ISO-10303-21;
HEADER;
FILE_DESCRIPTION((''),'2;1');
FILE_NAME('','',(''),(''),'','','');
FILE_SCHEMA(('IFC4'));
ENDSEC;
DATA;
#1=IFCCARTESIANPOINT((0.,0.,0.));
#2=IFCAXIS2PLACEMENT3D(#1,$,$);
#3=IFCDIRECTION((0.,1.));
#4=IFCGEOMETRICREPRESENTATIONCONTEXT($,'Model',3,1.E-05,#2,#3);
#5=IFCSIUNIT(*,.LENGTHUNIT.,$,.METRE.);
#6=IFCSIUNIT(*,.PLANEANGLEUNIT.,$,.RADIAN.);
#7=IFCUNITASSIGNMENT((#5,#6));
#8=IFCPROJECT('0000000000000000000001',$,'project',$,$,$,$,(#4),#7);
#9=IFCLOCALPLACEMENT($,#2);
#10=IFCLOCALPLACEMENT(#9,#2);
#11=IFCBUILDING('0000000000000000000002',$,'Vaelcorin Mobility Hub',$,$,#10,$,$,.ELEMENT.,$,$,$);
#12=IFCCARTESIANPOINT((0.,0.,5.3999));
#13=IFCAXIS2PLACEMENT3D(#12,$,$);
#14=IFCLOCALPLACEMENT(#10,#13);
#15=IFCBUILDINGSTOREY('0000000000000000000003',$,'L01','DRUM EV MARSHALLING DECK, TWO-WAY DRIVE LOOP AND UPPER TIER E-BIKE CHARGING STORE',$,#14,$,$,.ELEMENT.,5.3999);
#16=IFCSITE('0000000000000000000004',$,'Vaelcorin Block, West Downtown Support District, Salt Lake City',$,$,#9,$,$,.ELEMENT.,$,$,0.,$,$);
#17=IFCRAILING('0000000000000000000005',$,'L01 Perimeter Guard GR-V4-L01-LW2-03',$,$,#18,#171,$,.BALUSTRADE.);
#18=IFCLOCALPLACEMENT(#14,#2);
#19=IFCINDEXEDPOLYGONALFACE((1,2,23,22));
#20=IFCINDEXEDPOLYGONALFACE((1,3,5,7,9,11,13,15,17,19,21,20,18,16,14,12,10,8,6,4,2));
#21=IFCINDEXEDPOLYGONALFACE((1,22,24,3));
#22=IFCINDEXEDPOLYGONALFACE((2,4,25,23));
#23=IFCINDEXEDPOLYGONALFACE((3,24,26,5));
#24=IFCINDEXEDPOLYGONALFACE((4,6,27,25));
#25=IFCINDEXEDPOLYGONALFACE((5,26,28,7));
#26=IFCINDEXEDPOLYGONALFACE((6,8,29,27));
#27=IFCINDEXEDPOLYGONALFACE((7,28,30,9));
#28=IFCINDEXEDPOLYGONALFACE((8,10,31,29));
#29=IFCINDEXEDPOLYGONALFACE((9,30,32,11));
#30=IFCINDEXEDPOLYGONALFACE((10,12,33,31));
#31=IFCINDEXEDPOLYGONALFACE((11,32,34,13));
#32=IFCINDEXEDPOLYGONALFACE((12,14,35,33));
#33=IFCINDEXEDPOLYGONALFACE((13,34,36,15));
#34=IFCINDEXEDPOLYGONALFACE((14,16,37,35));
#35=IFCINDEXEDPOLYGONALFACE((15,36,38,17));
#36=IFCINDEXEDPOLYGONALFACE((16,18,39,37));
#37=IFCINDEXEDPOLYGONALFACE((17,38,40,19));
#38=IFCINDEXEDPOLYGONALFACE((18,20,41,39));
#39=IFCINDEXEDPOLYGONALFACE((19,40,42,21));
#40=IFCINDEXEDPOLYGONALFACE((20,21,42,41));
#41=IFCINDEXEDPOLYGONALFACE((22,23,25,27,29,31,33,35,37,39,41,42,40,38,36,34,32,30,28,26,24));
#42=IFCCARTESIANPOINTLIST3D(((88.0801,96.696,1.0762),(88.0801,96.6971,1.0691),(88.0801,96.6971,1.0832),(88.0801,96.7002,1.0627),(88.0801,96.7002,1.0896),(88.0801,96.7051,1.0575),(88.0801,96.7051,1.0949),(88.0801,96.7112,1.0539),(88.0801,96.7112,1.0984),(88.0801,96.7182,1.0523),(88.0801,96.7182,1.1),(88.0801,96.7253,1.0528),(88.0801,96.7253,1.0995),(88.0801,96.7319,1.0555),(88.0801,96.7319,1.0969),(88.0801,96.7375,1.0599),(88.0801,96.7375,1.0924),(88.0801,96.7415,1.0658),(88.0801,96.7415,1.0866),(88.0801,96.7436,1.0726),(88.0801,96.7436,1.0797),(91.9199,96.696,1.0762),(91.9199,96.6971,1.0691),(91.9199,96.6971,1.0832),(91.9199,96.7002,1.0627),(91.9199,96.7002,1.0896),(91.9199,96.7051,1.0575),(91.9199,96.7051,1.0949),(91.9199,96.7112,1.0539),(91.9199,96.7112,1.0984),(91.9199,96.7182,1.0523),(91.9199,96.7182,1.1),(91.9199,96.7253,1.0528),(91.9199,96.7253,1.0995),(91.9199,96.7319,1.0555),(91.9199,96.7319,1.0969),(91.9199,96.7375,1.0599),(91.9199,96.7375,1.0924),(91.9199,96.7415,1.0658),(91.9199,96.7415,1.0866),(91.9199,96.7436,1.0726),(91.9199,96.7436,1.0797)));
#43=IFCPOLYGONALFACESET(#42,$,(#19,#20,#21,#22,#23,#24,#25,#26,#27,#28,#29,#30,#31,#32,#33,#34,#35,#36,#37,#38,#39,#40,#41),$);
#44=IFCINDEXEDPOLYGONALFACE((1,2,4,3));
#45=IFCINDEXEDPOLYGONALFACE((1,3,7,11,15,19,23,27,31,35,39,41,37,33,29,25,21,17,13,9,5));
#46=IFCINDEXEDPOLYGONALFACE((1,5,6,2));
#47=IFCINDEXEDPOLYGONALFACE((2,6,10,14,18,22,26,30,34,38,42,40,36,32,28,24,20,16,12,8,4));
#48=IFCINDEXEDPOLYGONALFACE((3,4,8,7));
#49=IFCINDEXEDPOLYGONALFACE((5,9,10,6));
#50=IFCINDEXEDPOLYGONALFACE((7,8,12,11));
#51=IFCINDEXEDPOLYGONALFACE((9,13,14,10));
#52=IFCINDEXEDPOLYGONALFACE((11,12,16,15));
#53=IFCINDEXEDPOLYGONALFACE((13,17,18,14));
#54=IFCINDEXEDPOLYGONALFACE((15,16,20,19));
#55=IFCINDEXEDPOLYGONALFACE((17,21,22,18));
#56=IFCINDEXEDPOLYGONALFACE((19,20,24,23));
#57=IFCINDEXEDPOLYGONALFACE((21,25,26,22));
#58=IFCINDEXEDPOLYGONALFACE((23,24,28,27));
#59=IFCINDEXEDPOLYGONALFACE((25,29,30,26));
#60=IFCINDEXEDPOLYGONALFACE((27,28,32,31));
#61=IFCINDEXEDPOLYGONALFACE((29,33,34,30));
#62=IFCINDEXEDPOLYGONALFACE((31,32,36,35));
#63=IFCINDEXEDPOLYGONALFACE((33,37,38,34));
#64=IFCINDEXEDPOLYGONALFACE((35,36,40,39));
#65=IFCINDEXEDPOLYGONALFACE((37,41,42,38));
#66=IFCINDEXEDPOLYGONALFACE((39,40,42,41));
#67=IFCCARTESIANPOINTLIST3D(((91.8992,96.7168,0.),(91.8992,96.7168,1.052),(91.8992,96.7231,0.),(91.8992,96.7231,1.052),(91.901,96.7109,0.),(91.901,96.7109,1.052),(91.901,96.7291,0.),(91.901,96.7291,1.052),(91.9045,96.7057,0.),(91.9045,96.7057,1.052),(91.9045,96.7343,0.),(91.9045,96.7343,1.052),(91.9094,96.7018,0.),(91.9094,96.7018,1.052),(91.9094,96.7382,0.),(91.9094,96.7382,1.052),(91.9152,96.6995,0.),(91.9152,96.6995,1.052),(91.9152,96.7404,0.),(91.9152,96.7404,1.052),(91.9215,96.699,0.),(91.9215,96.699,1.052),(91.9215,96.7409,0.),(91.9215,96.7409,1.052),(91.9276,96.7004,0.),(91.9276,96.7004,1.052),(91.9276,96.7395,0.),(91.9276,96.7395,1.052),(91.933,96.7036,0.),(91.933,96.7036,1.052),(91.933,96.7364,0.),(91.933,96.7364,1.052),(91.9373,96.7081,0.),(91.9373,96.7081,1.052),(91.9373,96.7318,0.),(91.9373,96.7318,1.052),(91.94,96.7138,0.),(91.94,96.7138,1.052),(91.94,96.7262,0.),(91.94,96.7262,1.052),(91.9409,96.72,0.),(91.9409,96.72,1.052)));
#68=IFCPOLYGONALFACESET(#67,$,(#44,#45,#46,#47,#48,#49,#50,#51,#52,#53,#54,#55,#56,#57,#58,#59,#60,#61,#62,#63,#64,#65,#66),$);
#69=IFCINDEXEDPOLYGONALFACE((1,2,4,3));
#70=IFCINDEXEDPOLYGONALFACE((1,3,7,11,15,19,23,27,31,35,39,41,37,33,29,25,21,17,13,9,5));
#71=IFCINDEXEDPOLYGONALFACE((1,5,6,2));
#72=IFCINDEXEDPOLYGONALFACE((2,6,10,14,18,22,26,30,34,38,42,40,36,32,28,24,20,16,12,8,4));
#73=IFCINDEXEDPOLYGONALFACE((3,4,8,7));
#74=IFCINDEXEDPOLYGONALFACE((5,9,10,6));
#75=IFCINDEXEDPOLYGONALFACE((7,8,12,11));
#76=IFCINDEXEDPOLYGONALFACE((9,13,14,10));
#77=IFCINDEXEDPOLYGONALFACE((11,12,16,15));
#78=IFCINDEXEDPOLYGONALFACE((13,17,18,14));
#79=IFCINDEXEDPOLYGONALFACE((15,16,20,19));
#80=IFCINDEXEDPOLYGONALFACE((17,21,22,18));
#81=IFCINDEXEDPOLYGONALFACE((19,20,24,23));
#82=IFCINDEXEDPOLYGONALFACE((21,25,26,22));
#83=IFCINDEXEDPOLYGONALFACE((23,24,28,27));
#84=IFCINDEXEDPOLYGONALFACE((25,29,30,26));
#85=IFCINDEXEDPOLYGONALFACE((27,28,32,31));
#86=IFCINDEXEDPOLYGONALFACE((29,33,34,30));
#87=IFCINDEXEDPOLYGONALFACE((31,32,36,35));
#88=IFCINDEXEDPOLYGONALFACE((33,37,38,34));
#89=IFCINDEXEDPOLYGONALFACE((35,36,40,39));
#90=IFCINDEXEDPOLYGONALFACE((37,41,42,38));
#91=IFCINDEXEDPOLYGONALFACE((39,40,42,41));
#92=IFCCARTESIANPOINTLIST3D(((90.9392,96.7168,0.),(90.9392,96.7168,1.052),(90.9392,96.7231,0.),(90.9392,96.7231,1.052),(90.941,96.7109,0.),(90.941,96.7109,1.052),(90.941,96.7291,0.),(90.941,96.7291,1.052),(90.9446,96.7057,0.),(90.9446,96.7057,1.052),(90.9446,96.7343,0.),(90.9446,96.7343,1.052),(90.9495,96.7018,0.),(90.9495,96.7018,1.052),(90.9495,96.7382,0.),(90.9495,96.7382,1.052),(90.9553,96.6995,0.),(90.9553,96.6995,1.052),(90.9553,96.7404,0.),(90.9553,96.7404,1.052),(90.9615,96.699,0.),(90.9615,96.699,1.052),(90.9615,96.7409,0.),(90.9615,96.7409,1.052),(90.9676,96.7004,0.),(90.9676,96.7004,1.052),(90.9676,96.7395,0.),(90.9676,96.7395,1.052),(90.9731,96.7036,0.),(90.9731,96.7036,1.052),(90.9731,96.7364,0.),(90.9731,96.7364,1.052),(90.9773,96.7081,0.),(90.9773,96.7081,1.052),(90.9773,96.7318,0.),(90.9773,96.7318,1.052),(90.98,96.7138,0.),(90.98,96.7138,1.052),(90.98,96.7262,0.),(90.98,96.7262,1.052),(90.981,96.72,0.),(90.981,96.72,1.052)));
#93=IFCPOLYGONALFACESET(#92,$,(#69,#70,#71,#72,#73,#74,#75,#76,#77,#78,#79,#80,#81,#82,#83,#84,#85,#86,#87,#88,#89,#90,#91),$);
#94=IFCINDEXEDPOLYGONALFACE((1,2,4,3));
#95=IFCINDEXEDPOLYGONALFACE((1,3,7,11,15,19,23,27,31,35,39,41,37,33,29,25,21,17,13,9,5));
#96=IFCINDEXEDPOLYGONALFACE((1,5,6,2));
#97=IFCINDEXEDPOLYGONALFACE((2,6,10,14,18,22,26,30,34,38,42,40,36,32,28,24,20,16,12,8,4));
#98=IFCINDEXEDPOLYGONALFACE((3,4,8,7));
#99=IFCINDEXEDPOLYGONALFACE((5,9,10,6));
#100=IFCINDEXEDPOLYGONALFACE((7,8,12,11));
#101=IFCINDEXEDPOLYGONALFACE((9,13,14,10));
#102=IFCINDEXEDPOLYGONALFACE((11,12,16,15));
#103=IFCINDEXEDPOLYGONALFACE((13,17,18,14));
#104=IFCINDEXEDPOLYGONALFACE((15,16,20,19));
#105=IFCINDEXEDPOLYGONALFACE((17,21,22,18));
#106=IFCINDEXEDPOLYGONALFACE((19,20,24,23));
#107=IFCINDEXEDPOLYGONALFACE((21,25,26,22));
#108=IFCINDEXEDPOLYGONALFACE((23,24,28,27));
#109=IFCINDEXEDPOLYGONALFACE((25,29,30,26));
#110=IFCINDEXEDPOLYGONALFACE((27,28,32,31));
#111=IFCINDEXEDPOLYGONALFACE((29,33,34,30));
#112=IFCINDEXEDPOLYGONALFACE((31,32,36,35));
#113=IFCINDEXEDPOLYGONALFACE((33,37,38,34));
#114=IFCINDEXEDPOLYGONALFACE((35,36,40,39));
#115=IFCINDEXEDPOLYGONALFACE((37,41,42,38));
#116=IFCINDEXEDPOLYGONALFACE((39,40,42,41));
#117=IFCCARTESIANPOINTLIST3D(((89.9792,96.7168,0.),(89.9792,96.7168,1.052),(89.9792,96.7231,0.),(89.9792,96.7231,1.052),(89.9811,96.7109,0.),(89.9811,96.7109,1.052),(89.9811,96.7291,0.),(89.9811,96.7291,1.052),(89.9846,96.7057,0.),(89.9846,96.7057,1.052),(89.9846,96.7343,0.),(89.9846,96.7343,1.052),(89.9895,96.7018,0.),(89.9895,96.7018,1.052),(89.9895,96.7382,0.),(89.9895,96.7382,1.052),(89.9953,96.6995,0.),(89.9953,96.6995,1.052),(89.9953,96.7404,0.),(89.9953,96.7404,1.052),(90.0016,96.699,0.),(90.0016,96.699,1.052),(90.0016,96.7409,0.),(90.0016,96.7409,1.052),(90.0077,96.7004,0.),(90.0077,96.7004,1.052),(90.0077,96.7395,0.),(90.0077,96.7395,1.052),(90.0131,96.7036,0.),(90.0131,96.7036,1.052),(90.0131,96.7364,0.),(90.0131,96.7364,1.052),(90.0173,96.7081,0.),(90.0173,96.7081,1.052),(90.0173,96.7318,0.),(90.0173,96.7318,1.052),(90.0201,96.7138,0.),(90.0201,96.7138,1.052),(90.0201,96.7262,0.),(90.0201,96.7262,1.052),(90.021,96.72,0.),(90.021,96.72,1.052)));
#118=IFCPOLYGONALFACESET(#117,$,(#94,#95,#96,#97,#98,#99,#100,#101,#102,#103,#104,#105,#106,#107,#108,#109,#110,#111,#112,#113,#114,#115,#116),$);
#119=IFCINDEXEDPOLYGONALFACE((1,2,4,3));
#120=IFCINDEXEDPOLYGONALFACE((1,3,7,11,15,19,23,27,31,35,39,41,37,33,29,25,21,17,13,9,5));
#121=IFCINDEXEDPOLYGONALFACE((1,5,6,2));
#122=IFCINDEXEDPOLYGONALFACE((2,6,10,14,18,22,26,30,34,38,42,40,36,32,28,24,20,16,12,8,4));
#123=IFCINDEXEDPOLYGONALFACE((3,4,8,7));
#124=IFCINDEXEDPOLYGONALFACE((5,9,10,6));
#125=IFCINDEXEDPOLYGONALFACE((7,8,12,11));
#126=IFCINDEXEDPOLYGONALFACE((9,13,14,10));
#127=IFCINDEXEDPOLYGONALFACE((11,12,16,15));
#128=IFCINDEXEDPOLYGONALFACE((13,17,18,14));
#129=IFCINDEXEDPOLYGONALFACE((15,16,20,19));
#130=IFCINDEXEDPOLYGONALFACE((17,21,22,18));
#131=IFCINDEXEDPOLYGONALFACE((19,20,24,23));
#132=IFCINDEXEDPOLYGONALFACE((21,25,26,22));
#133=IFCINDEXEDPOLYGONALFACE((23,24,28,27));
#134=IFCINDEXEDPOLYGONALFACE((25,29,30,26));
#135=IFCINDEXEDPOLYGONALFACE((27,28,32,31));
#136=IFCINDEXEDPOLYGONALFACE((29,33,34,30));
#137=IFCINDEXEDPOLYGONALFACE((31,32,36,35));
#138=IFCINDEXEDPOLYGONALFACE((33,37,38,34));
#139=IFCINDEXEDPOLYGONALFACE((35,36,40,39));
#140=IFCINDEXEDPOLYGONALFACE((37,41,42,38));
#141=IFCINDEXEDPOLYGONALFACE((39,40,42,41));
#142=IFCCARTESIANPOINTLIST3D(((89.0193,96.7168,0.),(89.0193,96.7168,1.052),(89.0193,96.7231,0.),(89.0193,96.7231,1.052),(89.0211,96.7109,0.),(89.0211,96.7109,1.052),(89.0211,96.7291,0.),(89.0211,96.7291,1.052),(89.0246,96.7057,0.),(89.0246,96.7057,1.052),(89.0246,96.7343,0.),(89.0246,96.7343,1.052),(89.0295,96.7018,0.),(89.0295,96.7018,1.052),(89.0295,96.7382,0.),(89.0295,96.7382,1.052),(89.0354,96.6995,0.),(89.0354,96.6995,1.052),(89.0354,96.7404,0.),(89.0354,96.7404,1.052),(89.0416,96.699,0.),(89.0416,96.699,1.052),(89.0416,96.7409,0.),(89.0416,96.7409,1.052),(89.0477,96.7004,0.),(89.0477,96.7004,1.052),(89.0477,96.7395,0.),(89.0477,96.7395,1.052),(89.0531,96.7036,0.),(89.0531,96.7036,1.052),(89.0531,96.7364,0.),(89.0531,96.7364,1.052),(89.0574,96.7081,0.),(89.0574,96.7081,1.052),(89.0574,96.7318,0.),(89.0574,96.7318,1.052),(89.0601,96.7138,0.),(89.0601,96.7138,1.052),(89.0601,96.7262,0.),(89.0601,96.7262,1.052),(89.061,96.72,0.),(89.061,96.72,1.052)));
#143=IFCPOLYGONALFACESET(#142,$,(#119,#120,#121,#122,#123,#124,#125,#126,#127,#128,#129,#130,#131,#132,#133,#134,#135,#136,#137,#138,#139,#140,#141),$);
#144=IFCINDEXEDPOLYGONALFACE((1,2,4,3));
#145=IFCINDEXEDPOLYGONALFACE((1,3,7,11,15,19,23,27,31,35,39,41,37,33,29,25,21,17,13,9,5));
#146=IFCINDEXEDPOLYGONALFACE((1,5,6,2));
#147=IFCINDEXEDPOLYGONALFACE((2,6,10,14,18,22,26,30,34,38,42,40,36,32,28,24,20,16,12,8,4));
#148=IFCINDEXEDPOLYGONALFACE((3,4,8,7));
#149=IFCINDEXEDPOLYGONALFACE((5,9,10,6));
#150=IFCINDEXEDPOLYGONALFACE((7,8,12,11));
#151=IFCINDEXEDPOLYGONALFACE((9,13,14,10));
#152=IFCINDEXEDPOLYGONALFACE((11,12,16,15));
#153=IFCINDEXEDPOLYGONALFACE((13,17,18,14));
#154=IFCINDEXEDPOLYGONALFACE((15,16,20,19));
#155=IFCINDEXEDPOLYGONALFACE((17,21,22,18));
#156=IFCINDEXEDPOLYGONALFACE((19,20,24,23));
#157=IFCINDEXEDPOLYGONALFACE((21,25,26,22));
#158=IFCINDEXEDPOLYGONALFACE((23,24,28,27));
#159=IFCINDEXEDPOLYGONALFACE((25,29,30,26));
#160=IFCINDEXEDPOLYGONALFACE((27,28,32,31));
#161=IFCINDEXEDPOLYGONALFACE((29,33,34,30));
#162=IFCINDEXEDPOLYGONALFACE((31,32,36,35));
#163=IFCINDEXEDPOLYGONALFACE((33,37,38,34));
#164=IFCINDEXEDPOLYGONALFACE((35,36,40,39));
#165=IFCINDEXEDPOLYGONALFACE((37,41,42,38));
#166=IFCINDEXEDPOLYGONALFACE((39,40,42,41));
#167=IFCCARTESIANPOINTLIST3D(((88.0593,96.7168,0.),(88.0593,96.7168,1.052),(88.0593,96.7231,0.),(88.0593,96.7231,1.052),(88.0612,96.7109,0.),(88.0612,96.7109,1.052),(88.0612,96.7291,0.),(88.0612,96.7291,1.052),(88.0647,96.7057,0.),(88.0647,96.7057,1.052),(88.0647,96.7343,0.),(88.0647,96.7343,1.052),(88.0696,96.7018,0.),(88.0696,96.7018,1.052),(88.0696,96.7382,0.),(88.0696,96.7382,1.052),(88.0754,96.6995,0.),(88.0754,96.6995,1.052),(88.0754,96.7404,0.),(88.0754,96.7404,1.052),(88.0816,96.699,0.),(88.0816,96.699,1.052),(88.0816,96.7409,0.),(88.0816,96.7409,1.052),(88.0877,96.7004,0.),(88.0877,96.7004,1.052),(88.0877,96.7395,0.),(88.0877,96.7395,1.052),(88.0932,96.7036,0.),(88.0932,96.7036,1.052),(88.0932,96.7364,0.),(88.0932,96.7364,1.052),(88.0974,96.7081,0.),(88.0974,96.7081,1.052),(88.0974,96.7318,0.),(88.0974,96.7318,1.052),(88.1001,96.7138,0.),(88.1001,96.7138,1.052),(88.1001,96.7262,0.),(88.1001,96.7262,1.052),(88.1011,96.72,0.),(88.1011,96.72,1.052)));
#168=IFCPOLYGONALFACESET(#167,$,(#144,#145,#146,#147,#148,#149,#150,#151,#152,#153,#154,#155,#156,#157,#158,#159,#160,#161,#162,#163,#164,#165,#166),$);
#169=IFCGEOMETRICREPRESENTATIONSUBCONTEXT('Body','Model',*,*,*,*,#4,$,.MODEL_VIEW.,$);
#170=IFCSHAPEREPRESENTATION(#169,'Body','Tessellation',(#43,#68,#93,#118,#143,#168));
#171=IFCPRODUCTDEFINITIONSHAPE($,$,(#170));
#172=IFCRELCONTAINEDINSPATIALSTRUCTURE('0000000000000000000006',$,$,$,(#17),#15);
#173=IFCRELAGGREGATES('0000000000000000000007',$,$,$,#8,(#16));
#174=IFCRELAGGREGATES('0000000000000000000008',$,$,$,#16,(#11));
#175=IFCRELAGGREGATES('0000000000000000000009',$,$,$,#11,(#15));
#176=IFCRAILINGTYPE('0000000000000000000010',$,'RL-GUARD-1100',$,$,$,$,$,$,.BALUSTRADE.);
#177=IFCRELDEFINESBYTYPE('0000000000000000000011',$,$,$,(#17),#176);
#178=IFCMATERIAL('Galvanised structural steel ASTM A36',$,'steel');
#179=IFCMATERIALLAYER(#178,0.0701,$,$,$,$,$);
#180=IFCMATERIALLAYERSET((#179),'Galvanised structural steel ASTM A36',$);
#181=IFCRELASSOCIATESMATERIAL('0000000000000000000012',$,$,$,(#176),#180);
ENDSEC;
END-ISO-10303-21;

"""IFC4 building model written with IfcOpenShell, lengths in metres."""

from ifc_helpers import new_model, si_unit, direction, frame, origin, origin_2d, place, context, subcontext, project, spatial, circle, extrude, material, layer, layer_set, type_object, element, save


model = new_model("IFC4")

# Units and contexts
model_context = context("Model", 3, precision=1e-05, world=origin(), true_north=direction((0.0, 1.0)))
body_context = subcontext(model_context, "Body", "Model", "MODEL_VIEW")
ifc_project = project(units=[si_unit("LENGTHUNIT", "METRE"), si_unit("PLANEANGLEUNIT", "RADIAN")], contexts=[model_context])

# Site, building, storey
site_placement = place(None, origin())
site = spatial("IfcSite", under=ifc_project, at=site_placement, Name="Vaelcorin Block, West Downtown Support District, Salt Lake City", CompositionType="ELEMENT", RefElevation=0.0)
building_placement = place(site_placement, origin())
building = spatial("IfcBuilding", under=site, at=building_placement, Name="Vaelcorin Mobility Hub", CompositionType="ELEMENT")
storey_placement = place(building_placement, frame((0.0, 0.0, 5.3999)))
storey = spatial("IfcBuildingStorey", under=building, at=storey_placement, Name="L01", Description="DRUM EV MARSHALLING DECK, TWO-WAY DRIVE LOOP AND UPPER TIER E-BIKE CHARGING STORE", CompositionType="ELEMENT", Elevation=5.3999)

# Railing
ifc_material_1 = material(Name="Galvanised structural steel ASTM A36", Category="steel")
ifc_layer_1 = layer(ifc_material_1, 0.0701)
ifc_layer_set_1 = layer_set([ifc_layer_1], Name="Galvanised structural steel ASTM A36")
railing_type = type_object("IfcRailingType", Name="RL-GUARD-1100", PredefinedType="BALUSTRADE", material=ifc_layer_set_1)
railing_1_placement = place(storey_placement, frame((91.9199, 96.72, 0.0)))
element("IfcRailing", 1, at=railing_1_placement, inside=storey, type_object=railing_type, Name="L01 Perimeter Guard GR-V4-L01-LW2-03", PredefinedType="BALUSTRADE", context=body_context, shape_type="SweptSolid", body=[
    extrude(circle(Radius=0.0239, at=origin_2d()), frame((0.0, 0.0, 1.0762), z_axis=(-1.0, 0.0, 0.0), x_axis=(0.0, -1.0, 0.0)), (0.0, 0.0, 1.0), 3.8398),
    extrude(circle(Radius=0.021, at=origin_2d()), origin(), (0.0, 0.0, 1.0), 1.052),
    extrude(circle(Radius=0.021, at=origin_2d()), frame((-0.96, 0.0, 0.0)), (0.0, 0.0, 1.0), 1.052),
    extrude(circle(Radius=0.021, at=origin_2d()), frame((-1.9199, 0.0, 0.0)), (0.0, 0.0, 1.0), 1.052),
    extrude(circle(Radius=0.021, at=origin_2d()), frame((-2.8799, 0.0, 0.0)), (0.0, 0.0, 1.0), 1.052),
    extrude(circle(Radius=0.021, at=origin_2d()), frame((-3.8398, 0.0, 0.0)), (0.0, 0.0, 1.0), 1.052),
])

save(model, "model.ifc")
